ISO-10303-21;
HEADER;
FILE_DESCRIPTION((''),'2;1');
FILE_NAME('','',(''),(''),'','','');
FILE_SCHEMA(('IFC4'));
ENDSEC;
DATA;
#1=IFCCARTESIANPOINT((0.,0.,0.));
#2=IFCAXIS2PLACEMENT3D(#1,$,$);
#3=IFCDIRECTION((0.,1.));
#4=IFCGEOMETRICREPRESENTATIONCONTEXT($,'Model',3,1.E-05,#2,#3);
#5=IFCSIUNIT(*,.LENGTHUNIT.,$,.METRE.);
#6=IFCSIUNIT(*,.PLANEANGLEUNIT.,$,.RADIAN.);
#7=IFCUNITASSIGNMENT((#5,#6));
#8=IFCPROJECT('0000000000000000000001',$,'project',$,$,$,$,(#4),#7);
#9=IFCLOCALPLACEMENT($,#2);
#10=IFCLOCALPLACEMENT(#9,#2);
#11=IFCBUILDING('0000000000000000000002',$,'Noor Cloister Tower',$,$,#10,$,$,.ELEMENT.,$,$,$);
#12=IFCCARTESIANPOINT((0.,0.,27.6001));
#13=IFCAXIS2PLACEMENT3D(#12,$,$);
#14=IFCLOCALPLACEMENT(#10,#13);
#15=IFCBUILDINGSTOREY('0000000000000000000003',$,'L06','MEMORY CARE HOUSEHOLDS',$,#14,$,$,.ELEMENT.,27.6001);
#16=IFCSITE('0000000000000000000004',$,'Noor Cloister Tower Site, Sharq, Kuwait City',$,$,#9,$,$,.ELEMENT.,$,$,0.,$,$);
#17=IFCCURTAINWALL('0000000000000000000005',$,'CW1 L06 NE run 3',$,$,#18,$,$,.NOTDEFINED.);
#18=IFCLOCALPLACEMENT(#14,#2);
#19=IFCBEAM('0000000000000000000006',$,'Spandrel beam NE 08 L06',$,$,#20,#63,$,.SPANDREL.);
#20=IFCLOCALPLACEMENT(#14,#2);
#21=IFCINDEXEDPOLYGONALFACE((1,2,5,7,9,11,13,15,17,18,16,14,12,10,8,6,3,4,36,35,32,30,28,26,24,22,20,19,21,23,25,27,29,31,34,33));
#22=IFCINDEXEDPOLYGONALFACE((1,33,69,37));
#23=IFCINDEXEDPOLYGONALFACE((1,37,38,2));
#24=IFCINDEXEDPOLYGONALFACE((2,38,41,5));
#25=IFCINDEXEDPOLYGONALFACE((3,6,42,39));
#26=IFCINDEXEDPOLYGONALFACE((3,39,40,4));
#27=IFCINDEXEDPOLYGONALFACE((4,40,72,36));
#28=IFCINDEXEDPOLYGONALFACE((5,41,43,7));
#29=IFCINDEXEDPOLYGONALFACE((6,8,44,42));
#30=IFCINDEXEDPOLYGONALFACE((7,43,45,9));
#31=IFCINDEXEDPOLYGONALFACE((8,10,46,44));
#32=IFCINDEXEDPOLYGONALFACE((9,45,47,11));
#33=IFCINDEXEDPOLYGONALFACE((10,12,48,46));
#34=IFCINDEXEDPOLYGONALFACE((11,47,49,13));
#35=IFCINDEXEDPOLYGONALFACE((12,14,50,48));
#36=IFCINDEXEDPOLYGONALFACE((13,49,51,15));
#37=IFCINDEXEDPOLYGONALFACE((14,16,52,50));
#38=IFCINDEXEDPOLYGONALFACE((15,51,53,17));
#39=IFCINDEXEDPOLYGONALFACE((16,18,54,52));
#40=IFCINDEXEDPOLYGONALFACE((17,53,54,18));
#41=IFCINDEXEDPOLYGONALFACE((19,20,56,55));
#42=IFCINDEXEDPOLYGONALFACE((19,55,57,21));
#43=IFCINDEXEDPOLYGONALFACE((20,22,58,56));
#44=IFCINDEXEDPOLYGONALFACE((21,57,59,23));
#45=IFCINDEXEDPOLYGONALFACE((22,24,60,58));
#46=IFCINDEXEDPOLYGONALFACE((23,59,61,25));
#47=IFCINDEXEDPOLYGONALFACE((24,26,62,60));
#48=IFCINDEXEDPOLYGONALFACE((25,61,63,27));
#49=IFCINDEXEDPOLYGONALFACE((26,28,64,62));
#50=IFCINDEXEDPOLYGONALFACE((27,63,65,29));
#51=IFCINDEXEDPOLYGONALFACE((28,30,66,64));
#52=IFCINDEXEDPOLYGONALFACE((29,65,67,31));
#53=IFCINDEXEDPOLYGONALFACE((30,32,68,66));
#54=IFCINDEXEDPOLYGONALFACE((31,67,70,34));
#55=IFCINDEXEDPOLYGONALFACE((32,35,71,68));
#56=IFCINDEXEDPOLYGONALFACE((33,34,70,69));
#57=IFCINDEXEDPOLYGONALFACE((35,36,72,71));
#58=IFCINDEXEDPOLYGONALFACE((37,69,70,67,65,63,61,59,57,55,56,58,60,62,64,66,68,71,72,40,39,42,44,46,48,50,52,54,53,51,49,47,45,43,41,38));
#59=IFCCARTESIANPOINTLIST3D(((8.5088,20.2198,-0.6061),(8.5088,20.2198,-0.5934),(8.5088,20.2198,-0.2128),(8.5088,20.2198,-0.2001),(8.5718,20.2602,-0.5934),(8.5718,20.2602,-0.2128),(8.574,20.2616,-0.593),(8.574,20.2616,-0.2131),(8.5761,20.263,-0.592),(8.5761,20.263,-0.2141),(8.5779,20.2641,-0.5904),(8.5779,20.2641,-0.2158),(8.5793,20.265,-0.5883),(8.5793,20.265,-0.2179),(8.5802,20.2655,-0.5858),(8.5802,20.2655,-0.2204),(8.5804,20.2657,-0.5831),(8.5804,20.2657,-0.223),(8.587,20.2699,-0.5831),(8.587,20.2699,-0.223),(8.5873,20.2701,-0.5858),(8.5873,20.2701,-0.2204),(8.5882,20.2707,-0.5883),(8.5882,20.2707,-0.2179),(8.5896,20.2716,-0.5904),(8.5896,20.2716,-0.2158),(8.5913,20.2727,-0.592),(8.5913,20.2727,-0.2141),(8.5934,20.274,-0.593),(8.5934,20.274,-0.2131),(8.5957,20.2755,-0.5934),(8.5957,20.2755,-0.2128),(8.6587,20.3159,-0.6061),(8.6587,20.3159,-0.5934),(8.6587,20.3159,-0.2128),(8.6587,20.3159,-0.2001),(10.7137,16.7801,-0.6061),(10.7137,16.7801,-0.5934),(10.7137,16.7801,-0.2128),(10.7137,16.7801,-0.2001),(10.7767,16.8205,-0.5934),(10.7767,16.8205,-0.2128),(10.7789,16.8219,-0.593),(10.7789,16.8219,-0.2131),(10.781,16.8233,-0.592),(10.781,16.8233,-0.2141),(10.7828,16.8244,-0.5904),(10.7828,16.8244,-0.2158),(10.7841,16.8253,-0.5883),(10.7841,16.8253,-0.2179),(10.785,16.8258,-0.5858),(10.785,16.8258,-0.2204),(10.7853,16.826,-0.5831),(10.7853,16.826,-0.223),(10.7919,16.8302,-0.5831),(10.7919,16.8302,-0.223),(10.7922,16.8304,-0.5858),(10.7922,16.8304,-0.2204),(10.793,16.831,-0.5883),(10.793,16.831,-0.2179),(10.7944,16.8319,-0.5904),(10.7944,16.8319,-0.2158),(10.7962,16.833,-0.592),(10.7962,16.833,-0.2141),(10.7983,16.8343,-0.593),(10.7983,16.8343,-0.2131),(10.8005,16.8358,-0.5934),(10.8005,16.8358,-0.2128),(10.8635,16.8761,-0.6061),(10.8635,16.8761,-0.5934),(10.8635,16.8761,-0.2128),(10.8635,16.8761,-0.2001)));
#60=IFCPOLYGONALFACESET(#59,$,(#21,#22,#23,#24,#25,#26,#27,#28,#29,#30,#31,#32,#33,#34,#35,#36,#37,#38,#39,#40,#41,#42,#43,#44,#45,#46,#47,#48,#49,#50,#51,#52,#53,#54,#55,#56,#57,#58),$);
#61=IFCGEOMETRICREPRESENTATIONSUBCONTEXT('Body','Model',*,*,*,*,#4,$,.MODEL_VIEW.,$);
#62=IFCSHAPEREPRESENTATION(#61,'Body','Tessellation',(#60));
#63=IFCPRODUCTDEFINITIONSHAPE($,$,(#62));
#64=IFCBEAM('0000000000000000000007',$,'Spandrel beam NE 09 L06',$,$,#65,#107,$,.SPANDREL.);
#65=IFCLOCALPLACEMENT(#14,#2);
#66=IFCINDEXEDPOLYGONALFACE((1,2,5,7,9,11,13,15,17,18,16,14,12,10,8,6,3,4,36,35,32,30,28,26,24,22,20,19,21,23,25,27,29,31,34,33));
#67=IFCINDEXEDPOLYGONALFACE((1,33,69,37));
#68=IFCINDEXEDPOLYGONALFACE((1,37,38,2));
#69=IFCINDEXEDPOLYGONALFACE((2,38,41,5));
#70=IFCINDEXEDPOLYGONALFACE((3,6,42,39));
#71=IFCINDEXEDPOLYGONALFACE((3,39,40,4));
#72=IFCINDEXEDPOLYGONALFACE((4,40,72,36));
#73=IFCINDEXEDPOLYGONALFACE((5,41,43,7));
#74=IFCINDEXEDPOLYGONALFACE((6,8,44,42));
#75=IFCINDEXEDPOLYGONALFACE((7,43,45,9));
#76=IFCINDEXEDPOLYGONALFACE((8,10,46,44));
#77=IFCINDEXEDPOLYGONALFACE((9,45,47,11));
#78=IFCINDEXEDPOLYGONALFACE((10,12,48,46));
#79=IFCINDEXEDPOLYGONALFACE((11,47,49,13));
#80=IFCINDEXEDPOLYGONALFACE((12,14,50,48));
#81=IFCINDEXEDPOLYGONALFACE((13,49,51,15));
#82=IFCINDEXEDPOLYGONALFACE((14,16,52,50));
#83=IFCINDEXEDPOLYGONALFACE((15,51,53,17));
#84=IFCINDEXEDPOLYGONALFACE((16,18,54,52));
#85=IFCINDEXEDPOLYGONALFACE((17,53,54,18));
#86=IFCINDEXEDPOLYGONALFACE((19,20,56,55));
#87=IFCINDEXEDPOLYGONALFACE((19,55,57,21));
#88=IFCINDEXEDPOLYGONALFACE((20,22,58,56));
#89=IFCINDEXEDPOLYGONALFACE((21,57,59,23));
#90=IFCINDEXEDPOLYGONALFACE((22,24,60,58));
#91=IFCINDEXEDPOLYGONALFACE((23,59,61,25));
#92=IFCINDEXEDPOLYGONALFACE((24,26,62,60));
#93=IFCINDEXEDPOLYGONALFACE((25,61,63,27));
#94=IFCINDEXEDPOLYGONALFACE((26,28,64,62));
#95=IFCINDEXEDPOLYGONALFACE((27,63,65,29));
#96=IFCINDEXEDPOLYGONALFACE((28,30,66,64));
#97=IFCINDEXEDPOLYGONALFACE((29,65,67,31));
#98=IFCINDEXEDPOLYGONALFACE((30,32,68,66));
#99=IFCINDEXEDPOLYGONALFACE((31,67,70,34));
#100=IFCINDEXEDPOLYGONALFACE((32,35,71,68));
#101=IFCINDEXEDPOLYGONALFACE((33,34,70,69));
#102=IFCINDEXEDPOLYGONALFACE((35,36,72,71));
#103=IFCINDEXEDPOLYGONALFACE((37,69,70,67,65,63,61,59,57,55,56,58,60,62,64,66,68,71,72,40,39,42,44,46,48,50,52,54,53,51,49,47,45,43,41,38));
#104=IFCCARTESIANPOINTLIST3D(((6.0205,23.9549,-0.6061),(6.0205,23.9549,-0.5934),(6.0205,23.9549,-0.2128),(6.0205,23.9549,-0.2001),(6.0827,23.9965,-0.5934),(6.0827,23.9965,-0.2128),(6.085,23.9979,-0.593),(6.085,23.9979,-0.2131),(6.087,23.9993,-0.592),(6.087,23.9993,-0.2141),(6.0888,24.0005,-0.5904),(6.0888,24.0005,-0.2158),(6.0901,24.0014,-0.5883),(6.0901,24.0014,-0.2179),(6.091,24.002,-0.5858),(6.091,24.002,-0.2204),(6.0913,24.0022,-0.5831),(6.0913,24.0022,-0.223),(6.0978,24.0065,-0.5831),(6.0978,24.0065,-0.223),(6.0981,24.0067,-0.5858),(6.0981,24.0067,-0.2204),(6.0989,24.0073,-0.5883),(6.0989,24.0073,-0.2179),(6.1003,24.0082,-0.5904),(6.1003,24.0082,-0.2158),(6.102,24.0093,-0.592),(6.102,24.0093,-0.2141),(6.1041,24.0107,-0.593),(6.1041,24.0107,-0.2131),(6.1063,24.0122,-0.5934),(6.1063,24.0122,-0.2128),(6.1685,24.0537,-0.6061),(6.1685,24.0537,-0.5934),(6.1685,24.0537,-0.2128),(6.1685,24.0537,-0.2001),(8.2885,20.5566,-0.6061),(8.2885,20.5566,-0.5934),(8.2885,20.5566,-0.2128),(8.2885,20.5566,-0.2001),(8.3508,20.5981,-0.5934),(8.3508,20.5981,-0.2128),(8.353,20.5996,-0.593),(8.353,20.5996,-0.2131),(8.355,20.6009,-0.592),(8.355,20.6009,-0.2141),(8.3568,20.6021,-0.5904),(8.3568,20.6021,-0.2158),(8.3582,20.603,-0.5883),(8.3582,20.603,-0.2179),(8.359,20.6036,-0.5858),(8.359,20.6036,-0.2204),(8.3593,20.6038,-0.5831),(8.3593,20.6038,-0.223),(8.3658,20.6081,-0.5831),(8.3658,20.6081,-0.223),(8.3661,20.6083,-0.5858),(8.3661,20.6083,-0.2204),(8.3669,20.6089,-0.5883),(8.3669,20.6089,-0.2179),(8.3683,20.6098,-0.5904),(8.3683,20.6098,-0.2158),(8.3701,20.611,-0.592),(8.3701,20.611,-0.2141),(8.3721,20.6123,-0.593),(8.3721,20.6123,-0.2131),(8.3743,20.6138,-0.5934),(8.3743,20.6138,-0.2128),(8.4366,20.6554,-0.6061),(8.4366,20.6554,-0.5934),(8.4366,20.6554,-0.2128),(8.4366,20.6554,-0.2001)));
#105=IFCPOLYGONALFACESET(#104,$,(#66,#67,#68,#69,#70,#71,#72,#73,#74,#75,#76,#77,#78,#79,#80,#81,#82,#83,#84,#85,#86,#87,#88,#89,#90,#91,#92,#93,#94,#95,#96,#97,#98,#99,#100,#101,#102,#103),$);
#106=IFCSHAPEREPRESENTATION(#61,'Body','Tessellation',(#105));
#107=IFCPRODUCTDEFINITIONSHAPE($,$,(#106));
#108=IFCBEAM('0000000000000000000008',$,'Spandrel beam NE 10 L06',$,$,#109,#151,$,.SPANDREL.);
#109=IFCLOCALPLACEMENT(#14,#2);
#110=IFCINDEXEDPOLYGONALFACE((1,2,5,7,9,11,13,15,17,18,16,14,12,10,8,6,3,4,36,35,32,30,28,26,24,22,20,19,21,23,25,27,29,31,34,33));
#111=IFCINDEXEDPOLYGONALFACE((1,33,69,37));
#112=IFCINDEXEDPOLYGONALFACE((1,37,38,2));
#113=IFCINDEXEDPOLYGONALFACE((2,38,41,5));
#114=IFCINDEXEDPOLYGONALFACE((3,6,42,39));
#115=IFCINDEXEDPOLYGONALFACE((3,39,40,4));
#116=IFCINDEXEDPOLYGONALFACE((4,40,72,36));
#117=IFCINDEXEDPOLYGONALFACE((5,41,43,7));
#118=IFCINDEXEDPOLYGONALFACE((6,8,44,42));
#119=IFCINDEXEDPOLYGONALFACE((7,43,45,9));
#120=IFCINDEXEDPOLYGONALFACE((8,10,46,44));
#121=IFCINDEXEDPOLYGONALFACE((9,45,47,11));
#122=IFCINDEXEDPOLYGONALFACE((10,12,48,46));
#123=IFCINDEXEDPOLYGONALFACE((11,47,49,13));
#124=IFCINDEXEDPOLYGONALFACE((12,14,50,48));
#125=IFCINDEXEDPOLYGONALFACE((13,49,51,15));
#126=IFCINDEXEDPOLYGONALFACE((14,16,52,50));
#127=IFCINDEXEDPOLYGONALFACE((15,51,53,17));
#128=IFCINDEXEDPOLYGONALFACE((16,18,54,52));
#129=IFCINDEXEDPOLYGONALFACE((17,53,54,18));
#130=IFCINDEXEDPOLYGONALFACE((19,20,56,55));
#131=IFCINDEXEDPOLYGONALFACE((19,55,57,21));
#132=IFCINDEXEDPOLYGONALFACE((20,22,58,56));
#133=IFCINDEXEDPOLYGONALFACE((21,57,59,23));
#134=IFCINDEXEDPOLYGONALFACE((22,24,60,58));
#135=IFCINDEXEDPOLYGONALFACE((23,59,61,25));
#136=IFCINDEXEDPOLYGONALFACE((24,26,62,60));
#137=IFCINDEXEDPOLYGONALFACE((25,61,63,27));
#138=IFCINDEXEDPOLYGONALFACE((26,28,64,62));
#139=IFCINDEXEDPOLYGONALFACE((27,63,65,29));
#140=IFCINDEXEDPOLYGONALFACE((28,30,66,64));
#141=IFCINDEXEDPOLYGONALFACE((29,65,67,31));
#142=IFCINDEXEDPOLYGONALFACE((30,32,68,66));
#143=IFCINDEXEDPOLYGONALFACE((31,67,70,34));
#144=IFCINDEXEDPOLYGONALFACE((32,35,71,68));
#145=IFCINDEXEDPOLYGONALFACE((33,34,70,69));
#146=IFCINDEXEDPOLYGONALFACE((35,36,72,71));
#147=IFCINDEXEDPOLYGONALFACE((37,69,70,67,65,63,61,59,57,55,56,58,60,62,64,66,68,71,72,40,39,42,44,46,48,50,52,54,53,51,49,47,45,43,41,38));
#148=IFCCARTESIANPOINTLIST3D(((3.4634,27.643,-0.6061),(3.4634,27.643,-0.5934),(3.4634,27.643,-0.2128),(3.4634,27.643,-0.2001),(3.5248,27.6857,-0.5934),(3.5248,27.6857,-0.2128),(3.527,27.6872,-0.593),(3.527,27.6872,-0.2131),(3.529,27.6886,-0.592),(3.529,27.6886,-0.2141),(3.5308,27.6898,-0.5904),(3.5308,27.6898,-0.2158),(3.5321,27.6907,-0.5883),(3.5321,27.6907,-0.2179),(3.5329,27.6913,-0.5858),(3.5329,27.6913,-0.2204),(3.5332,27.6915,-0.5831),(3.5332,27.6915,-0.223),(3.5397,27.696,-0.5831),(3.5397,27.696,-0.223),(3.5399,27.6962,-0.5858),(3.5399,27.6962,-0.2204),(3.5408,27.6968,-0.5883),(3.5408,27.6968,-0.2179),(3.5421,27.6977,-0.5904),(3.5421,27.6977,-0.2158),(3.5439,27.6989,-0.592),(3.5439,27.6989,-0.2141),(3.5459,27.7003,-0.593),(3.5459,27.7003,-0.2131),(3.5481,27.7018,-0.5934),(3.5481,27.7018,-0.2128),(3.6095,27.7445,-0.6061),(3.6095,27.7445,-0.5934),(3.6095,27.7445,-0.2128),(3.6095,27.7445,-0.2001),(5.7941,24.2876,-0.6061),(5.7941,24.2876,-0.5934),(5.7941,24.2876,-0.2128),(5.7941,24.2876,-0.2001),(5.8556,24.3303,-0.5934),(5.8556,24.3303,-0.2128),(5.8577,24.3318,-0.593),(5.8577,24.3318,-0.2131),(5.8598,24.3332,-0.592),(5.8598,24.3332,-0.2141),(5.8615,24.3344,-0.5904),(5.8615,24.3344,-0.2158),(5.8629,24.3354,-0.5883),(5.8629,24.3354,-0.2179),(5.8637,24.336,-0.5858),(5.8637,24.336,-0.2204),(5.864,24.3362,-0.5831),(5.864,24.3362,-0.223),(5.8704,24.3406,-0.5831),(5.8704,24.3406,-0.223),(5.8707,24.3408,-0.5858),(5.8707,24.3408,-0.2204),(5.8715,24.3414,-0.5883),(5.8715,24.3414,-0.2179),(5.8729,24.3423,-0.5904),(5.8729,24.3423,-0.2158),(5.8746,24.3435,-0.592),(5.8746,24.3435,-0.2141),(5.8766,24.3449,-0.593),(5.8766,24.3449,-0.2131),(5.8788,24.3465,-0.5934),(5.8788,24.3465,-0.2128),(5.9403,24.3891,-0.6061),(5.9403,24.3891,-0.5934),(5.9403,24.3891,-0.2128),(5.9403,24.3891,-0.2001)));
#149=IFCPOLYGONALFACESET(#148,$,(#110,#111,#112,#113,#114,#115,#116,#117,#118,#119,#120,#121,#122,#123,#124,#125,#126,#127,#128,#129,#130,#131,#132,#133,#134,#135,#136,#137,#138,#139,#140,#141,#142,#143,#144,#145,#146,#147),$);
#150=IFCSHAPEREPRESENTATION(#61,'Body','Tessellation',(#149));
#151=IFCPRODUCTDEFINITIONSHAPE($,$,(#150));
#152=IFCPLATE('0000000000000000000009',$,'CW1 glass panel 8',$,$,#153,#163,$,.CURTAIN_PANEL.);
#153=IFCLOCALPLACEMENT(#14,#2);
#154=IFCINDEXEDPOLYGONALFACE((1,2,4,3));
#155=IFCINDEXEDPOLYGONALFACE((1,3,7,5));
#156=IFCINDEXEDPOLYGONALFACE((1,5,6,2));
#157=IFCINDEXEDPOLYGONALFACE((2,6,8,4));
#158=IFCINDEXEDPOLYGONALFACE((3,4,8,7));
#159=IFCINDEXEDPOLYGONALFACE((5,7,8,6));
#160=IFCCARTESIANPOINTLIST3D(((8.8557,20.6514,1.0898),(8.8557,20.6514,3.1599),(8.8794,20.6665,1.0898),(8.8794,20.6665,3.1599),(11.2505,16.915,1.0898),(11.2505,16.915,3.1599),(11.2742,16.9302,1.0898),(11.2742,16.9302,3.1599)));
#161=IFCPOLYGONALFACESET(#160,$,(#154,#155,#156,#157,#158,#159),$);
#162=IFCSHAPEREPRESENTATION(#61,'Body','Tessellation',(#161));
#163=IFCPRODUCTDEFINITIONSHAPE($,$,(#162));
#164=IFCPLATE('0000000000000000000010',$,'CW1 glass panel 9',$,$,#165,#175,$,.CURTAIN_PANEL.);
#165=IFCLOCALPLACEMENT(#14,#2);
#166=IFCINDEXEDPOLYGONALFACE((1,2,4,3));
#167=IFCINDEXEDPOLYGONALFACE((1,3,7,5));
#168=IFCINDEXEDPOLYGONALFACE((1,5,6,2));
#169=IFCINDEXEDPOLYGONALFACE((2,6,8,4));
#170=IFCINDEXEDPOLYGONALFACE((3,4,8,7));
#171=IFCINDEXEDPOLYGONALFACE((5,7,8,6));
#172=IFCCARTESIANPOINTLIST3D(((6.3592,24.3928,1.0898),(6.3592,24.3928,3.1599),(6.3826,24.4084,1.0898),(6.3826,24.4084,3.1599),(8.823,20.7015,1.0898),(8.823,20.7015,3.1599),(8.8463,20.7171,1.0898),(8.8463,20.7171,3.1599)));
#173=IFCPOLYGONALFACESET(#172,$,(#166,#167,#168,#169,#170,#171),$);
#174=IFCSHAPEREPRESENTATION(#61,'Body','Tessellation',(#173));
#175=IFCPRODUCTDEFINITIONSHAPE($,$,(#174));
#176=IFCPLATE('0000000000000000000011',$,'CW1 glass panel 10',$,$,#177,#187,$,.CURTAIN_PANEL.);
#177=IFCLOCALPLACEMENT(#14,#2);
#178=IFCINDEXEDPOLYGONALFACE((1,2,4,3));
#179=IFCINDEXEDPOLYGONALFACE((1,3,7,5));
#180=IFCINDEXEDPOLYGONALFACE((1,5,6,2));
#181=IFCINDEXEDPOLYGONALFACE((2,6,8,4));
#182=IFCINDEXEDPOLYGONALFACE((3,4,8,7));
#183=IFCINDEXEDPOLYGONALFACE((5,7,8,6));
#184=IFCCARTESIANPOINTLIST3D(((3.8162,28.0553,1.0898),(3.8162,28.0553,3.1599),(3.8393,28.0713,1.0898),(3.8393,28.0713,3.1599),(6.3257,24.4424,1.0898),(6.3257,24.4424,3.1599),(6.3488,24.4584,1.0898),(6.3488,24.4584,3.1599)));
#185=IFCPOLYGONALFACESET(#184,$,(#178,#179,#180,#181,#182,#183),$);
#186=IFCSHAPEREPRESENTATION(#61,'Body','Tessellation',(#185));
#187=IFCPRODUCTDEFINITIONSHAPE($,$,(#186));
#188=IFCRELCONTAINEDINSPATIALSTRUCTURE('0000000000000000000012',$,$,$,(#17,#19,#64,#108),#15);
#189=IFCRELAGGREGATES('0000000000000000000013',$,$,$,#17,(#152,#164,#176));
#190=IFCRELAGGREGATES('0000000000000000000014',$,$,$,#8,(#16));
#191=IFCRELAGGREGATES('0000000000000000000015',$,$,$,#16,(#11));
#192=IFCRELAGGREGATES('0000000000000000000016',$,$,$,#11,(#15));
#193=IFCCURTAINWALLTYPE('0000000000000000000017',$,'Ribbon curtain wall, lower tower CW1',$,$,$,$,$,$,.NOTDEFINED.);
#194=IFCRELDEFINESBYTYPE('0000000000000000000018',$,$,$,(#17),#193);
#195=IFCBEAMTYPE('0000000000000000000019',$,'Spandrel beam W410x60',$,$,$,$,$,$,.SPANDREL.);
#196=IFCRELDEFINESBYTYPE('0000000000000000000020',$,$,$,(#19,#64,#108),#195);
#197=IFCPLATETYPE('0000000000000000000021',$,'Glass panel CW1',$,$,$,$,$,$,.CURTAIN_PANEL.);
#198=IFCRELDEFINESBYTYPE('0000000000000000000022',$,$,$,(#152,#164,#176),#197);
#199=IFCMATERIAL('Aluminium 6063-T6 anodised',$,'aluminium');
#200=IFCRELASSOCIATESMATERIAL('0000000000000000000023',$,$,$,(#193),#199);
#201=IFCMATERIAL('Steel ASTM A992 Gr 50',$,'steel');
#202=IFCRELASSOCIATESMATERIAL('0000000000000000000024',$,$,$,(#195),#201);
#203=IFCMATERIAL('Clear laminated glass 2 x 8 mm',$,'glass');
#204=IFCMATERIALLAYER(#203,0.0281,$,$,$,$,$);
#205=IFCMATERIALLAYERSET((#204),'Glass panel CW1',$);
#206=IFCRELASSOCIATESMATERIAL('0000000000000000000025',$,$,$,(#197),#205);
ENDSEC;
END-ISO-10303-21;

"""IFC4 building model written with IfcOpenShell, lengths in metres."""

from ifc_helpers import new_model, si_unit, direction, frame, origin, origin_2d, place, context, subcontext, project, spatial, rectangle, i_section, extrude, material, layer, layer_set, material_profile, profile_set, type_object, element, aggregate, save


model = new_model("IFC4")

# Units and contexts
model_context = context("Model", 3, precision=1e-05, world=origin(), true_north=direction((0.0, 1.0)))
body_context = subcontext(model_context, "Body", "Model", "MODEL_VIEW")
ifc_project = project(units=[si_unit("LENGTHUNIT", "METRE"), si_unit("PLANEANGLEUNIT", "RADIAN")], contexts=[model_context])

# Site, building, storey
site_placement = place(None, origin())
site = spatial("IfcSite", under=ifc_project, at=site_placement, Name="Noor Cloister Tower Site, Sharq, Kuwait City", CompositionType="ELEMENT", RefElevation=0.0)
building_placement = place(site_placement, origin())
building = spatial("IfcBuilding", under=site, at=building_placement, Name="Noor Cloister Tower", CompositionType="ELEMENT")
storey_placement = place(building_placement, frame((0.0, 0.0, 27.6001)))
storey = spatial("IfcBuildingStorey", under=building, at=storey_placement, Name="L06", Description="MEMORY CARE HOUSEHOLDS", CompositionType="ELEMENT", Elevation=27.6001)

# Curtain wall
ifc_material_1 = material(Name="Aluminium 6063-T6 anodised", Category="aluminium")
curtain_wall_type = type_object("IfcCurtainWallType", Name="Ribbon curtain wall, lower tower CW1", PredefinedType="NOTDEFINED", material=ifc_material_1)
curtain_wall_placement = place(storey_placement, origin())
curtain_wall = element("IfcCurtainWall", 1, at=curtain_wall_placement, inside=storey, type_object=curtain_wall_type, Name="CW1 L06 NE run 3", PredefinedType="NOTDEFINED")

# Beams
ifc_material_2 = material(Name="Steel ASTM A992 Gr 50", Category="steel")
ifc_material_profile_1 = material_profile(ifc_material_2, i_section(OverallWidth=0.178, OverallDepth=0.406, WebThickness=0.0078, FlangeThickness=0.0127, FilletRadius=0.0103, at=origin_2d()), Name="W410x60")
ifc_profile_set_1 = profile_set([ifc_material_profile_1], Name="Steel ASTM A992 Gr 50")
beam_type_1 = type_object("IfcBeamType", Name="Spandrel beam W410x60", PredefinedType="SPANDREL", material=ifc_profile_set_1)
for number, where, z_axis, x_axis, name in (
    (2, (10.7886, 16.8281, -0.4031), (-0.539649, 0.84189, 0.0), (-0.84189, -0.539649, 0.0), "Spandrel beam NE 08 L06"),
    (3, (8.3625, 20.606, -0.4031), (-0.555114, 0.831774, 0.0), (-0.831774, -0.555114, 0.0), "Spandrel beam NE 09 L06"),
):
    element("IfcBeam", number, at=place(storey_placement, frame(where, z_axis=z_axis, x_axis=x_axis)), inside=storey, type_object=beam_type_1, Name=name, PredefinedType="SPANDREL", context=body_context, shape_type="SweptSolid", body=[
        extrude(i_section(OverallWidth=0.178, OverallDepth=0.406, WebThickness=0.0078, FlangeThickness=0.0127, FilletRadius=0.0103, at=origin_2d()), origin(), (0.0, 0.0, 1.0), 4.0857),
    ])
beam_1_placement = place(storey_placement, frame((5.8672, 24.3384, -0.4031), z_axis=(-0.570499, 0.821298, 0.0), x_axis=(-0.821298, -0.570499, 0.0)))
element("IfcBeam", 4, at=beam_1_placement, inside=storey, type_object=beam_type_1, Name="Spandrel beam NE 10 L06", PredefinedType="SPANDREL", context=body_context, shape_type="SweptSolid", body=[
    extrude(i_section(OverallWidth=0.178, OverallDepth=0.406, WebThickness=0.0078, FlangeThickness=0.0127, FilletRadius=0.0103, at=origin_2d()), origin(), (0.0, 0.0, 1.0), 4.0854),
])

# Plates
ifc_material_3 = material(Name="Clear laminated glass 2 x 8 mm", Category="glass")
ifc_layer = layer(ifc_material_3, 0.0281)
ifc_layer_set = layer_set([ifc_layer], Name="Glass panel CW1")
plate_type = type_object("IfcPlateType", Name="Glass panel CW1", PredefinedType="CURTAIN_PANEL", material=ifc_layer_set)
plate_1_placement = place(storey_placement, frame((10.0649, 18.7908, 1.0898), z_axis=(0.0, 0.0, 1.0), x_axis=(-0.539618, 0.84191, 0.0)))
plate_1 = element("IfcPlate", 5, at=plate_1_placement, type_object=plate_type, Name="CW1 glass panel 8", PredefinedType="CURTAIN_PANEL", context=body_context, shape_type="SweptSolid", body=[
    extrude(rectangle(XDim=4.438, YDim=0.0281, at=origin_2d()), origin(), (0.0, 0.0, 1.0), 2.0701),
])
plate_2_placement = place(storey_placement, frame((7.6028, 22.5549, 1.0898), z_axis=(0.0, 0.0, 1.0), x_axis=(-0.555145, 0.831754, 0.0)))
plate_2 = element("IfcPlate", 6, at=plate_2_placement, type_object=plate_type, Name="CW1 glass panel 9", PredefinedType="CURTAIN_PANEL", context=body_context, shape_type="SweptSolid", body=[
    extrude(rectangle(XDim=4.438, YDim=0.0281, at=origin_2d()), origin(), (0.0, 0.0, 1.0), 2.0701),
])
plate_3_placement = place(storey_placement, frame((5.0825, 26.2568, 1.0898), z_axis=(0.0, 0.0, 1.0), x_axis=(-0.570481, 0.821311, 0.0)))
plate_3 = element("IfcPlate", 7, at=plate_3_placement, type_object=plate_type, Name="CW1 glass panel 10", PredefinedType="CURTAIN_PANEL", context=body_context, shape_type="SweptSolid", body=[
    extrude(rectangle(XDim=4.3989, YDim=0.0281, at=origin_2d()), origin(), (0.0, 0.0, 1.0), 2.0701),
])
aggregate(curtain_wall, [plate_1, plate_2, plate_3])

save(model, "model.ifc")
